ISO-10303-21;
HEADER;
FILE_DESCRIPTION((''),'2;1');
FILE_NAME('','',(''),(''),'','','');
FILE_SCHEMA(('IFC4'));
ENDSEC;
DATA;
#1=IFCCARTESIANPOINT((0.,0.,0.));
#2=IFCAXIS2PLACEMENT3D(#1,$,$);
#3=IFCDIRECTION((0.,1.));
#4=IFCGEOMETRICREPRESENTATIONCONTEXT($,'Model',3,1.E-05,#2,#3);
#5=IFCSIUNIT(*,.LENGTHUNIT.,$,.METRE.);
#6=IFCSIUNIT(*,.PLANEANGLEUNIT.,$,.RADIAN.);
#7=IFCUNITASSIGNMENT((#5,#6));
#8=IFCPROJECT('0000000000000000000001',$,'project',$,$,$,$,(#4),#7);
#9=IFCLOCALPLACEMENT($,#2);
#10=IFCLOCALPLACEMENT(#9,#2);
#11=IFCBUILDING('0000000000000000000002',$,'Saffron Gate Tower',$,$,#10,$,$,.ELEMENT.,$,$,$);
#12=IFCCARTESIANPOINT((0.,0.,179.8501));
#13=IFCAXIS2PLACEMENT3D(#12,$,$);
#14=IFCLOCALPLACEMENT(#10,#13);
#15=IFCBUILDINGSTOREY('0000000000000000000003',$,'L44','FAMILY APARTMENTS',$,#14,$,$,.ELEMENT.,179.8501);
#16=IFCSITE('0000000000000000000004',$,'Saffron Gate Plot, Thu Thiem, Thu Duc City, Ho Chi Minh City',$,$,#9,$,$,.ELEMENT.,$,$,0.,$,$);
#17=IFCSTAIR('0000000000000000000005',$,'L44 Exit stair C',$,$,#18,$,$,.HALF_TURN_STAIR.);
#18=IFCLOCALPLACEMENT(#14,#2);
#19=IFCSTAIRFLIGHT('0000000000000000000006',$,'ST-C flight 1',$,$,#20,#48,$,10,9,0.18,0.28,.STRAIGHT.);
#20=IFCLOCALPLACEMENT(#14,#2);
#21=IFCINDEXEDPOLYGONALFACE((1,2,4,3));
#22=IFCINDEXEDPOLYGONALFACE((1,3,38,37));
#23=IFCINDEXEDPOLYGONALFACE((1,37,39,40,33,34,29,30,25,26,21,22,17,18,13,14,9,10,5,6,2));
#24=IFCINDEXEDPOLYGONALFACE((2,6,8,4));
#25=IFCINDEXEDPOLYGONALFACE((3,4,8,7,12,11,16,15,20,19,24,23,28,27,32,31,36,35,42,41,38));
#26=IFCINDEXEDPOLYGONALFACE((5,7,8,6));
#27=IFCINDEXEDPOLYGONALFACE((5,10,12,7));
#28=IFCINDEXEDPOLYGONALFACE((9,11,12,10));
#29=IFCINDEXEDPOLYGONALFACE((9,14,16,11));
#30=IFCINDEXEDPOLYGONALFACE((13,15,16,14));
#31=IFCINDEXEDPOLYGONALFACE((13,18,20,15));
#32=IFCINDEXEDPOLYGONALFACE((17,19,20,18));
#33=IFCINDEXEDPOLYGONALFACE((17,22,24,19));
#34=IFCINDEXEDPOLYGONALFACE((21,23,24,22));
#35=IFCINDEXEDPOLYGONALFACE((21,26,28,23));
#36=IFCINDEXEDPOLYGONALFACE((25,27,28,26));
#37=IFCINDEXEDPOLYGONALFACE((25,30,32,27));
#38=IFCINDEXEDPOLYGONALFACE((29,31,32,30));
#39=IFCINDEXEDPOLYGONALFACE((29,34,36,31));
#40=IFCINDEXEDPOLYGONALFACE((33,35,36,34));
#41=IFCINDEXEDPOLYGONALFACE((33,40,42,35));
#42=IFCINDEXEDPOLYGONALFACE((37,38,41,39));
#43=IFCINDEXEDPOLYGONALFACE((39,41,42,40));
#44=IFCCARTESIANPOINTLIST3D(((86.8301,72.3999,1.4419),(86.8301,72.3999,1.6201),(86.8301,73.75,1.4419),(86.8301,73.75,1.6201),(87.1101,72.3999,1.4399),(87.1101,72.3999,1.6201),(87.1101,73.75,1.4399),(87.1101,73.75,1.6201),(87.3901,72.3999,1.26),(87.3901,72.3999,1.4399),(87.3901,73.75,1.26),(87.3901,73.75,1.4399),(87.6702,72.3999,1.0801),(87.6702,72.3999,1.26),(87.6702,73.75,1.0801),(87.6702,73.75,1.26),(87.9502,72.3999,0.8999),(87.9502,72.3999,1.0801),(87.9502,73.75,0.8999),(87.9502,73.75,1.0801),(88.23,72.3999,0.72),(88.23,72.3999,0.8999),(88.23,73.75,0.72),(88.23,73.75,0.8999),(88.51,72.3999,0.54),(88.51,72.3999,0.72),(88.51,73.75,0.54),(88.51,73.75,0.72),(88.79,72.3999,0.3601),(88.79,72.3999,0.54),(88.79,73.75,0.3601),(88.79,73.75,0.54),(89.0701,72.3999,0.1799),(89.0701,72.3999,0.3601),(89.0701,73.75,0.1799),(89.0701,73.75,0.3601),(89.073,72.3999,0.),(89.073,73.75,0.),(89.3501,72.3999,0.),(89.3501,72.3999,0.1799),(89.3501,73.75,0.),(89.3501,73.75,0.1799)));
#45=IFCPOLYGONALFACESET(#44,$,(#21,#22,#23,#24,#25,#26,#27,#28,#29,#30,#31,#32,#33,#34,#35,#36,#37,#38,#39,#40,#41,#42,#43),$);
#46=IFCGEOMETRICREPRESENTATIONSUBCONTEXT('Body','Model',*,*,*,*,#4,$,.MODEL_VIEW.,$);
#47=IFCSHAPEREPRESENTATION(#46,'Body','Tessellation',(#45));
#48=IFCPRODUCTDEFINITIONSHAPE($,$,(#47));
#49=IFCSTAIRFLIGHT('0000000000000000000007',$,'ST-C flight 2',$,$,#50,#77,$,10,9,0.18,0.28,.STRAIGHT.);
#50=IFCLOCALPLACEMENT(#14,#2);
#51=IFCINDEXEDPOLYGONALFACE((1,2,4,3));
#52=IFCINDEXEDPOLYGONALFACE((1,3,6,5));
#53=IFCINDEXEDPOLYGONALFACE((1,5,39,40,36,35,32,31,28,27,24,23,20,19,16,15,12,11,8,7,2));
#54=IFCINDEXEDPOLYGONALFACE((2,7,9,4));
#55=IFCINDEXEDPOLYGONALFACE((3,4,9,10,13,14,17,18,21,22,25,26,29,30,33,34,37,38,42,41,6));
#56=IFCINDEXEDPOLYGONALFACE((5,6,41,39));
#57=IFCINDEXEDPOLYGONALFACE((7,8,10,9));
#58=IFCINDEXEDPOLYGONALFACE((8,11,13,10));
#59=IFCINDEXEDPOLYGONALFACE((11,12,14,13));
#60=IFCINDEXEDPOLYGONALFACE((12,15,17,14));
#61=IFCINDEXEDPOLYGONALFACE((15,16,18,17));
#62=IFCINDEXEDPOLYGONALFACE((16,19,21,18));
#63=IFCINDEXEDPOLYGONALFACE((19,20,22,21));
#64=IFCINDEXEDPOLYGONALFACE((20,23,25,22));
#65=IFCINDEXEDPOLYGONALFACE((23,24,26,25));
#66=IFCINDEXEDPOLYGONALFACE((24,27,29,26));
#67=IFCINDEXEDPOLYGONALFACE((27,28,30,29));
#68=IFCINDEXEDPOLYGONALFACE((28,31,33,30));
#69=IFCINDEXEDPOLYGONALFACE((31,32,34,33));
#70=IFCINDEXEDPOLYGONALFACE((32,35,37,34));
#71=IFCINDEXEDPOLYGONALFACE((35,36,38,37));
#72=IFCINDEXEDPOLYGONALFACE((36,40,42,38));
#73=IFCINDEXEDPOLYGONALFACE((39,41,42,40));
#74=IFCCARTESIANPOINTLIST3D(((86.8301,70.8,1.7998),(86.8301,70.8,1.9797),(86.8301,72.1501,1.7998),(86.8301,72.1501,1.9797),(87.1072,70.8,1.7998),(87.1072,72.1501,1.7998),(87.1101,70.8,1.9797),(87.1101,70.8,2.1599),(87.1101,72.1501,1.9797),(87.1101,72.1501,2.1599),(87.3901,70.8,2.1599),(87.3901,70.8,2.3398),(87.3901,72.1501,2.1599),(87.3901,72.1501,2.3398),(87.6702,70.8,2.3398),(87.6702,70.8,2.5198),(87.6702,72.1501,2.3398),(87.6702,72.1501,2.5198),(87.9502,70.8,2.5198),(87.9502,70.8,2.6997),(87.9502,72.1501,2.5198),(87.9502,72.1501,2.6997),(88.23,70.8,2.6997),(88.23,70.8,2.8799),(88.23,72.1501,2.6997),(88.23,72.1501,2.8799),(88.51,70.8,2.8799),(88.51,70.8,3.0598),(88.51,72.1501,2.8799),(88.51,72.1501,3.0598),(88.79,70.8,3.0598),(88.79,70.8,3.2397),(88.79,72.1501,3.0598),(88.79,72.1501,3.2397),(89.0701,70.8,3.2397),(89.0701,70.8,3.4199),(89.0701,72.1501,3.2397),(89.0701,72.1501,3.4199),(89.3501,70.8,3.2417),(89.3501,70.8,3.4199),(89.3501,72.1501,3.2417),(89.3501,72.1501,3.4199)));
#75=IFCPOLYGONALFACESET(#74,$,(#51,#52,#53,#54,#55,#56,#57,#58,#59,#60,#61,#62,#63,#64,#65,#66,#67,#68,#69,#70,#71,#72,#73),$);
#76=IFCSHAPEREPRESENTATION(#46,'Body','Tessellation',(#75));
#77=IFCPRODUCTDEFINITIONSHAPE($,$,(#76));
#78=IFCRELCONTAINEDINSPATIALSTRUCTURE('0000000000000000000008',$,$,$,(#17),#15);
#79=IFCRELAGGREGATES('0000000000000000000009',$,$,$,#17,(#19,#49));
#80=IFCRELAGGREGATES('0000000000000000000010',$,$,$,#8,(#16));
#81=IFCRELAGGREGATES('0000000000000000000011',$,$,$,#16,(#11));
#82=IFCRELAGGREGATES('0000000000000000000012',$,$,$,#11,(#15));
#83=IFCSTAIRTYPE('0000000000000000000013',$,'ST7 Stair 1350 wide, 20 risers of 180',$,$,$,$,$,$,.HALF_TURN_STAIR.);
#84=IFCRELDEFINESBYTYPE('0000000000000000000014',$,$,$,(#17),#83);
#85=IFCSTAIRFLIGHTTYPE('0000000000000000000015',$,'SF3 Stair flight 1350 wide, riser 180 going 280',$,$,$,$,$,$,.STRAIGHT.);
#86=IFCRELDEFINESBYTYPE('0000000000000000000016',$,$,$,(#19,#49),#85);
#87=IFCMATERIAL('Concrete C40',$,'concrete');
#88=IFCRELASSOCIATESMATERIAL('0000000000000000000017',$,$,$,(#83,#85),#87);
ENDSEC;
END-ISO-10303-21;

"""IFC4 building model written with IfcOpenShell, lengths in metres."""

from ifc_helpers import new_model, si_unit, direction, frame, origin, place, context, subcontext, project, spatial, polyline, outline, extrude, material, type_object, element, aggregate, save


model = new_model("IFC4")

# Units and contexts
model_context = context("Model", 3, precision=1e-05, world=origin(), true_north=direction((0.0, 1.0)))
body_context = subcontext(model_context, "Body", "Model", "MODEL_VIEW")
ifc_project = project(units=[si_unit("LENGTHUNIT", "METRE"), si_unit("PLANEANGLEUNIT", "RADIAN")], contexts=[model_context])

# Site, building, storey
site_placement = place(None, origin())
site = spatial("IfcSite", under=ifc_project, at=site_placement, Name="Saffron Gate Plot, Thu Thiem, Thu Duc City, Ho Chi Minh City", CompositionType="ELEMENT", RefElevation=0.0)
building_placement = place(site_placement, origin())
building = spatial("IfcBuilding", under=site, at=building_placement, Name="Saffron Gate Tower", CompositionType="ELEMENT")
storey_placement = place(building_placement, frame((0.0, 0.0, 179.8501)))
storey = spatial("IfcBuildingStorey", under=building, at=storey_placement, Name="L44", Description="FAMILY APARTMENTS", CompositionType="ELEMENT", Elevation=179.8501)

# Shared definitions
ifc_material_1 = material(Name="Concrete C40", Category="concrete")
stair_type = type_object("IfcStairType", Name="ST7 Stair 1350 wide, 20 risers of 180", PredefinedType="HALF_TURN_STAIR", material=ifc_material_1)
stair_flight_type = type_object("IfcStairFlightType", Name="SF3 Stair flight 1350 wide, riser 180 going 280", PredefinedType="STRAIGHT", material=ifc_material_1)

# Stair, stair flights
stair_1_placement = place(storey_placement, origin())
stair_1 = element("IfcStair", 1, at=stair_1_placement, inside=storey, type_object=stair_type, Name="L44 Exit stair C", PredefinedType="HALF_TURN_STAIR")
stair_flight_1_placement = place(storey_placement, frame((89.3501, 73.075, 0.0), z_axis=(0.0, 0.0, 1.0), x_axis=(-1.0, 0.0, 0.0)))
stair_flight_1 = element("IfcStairFlight", 2, at=stair_flight_1_placement, type_object=stair_flight_type, Name="ST-C flight 1", NumberOfRisers=10, NumberOfTreads=9, PredefinedType="STRAIGHT", RiserHeight=0.18, TreadLength=0.28, context=body_context, shape_type="SweptSolid", body=[
    extrude(outline(polyline([(0.0, 0.0), (0.0, 0.1799), (0.28, 0.1799), (0.28, 0.3601), (0.5601, 0.3601), (0.5601, 0.54), (0.8401, 0.54), (0.8401, 0.72), (1.1201, 0.72), (1.1201, 0.8999), (1.3999, 0.8999), (1.3999, 1.0801), (1.6799, 1.0801), (1.6799, 1.26), (1.96, 1.26), (1.96, 1.4399), (2.24, 1.4399), (2.24, 1.6201), (2.52, 1.6201), (2.52, 1.8), (2.52, 1.4419), (0.2771, 0.0), (0.0, 0.0)])), frame((0.0, 0.675, 0.0), z_axis=(0.0, -1.0, 0.0), x_axis=(1.0, 0.0, 0.0)), (0.0, 0.0, 1.0), 1.3501),
])
stair_flight_2_placement = place(storey_placement, frame((86.8301, 71.4751, 1.7998), z_axis=(0.0, 0.0, 1.0), x_axis=(1.0, 0.0, 0.0)))
stair_flight_2 = element("IfcStairFlight", 3, at=stair_flight_2_placement, type_object=stair_flight_type, Name="ST-C flight 2", NumberOfRisers=10, NumberOfTreads=9, PredefinedType="STRAIGHT", RiserHeight=0.18, TreadLength=0.28, context=body_context, shape_type="SweptSolid", body=[
    extrude(outline(polyline([(0.0, 0.0), (0.0, 0.1799), (0.28, 0.1799), (0.28, 0.3601), (0.5601, 0.3601), (0.5601, 0.54), (0.8401, 0.54), (0.8401, 0.72), (1.1201, 0.72), (1.1201, 0.8999), (1.3999, 0.8999), (1.3999, 1.0801), (1.6799, 1.0801), (1.6799, 1.26), (1.96, 1.26), (1.96, 1.4399), (2.24, 1.4399), (2.24, 1.6201), (2.52, 1.6201), (2.52, 1.8), (2.52, 1.4419), (0.2771, 0.0), (0.0, 0.0)])), frame((0.0, 0.675, 0.0), z_axis=(0.0, -1.0, 0.0), x_axis=(1.0, 0.0, 0.0)), (0.0, 0.0, 1.0), 1.3501),
])
aggregate(stair_1, [stair_flight_1, stair_flight_2])

save(model, "model.ifc")
